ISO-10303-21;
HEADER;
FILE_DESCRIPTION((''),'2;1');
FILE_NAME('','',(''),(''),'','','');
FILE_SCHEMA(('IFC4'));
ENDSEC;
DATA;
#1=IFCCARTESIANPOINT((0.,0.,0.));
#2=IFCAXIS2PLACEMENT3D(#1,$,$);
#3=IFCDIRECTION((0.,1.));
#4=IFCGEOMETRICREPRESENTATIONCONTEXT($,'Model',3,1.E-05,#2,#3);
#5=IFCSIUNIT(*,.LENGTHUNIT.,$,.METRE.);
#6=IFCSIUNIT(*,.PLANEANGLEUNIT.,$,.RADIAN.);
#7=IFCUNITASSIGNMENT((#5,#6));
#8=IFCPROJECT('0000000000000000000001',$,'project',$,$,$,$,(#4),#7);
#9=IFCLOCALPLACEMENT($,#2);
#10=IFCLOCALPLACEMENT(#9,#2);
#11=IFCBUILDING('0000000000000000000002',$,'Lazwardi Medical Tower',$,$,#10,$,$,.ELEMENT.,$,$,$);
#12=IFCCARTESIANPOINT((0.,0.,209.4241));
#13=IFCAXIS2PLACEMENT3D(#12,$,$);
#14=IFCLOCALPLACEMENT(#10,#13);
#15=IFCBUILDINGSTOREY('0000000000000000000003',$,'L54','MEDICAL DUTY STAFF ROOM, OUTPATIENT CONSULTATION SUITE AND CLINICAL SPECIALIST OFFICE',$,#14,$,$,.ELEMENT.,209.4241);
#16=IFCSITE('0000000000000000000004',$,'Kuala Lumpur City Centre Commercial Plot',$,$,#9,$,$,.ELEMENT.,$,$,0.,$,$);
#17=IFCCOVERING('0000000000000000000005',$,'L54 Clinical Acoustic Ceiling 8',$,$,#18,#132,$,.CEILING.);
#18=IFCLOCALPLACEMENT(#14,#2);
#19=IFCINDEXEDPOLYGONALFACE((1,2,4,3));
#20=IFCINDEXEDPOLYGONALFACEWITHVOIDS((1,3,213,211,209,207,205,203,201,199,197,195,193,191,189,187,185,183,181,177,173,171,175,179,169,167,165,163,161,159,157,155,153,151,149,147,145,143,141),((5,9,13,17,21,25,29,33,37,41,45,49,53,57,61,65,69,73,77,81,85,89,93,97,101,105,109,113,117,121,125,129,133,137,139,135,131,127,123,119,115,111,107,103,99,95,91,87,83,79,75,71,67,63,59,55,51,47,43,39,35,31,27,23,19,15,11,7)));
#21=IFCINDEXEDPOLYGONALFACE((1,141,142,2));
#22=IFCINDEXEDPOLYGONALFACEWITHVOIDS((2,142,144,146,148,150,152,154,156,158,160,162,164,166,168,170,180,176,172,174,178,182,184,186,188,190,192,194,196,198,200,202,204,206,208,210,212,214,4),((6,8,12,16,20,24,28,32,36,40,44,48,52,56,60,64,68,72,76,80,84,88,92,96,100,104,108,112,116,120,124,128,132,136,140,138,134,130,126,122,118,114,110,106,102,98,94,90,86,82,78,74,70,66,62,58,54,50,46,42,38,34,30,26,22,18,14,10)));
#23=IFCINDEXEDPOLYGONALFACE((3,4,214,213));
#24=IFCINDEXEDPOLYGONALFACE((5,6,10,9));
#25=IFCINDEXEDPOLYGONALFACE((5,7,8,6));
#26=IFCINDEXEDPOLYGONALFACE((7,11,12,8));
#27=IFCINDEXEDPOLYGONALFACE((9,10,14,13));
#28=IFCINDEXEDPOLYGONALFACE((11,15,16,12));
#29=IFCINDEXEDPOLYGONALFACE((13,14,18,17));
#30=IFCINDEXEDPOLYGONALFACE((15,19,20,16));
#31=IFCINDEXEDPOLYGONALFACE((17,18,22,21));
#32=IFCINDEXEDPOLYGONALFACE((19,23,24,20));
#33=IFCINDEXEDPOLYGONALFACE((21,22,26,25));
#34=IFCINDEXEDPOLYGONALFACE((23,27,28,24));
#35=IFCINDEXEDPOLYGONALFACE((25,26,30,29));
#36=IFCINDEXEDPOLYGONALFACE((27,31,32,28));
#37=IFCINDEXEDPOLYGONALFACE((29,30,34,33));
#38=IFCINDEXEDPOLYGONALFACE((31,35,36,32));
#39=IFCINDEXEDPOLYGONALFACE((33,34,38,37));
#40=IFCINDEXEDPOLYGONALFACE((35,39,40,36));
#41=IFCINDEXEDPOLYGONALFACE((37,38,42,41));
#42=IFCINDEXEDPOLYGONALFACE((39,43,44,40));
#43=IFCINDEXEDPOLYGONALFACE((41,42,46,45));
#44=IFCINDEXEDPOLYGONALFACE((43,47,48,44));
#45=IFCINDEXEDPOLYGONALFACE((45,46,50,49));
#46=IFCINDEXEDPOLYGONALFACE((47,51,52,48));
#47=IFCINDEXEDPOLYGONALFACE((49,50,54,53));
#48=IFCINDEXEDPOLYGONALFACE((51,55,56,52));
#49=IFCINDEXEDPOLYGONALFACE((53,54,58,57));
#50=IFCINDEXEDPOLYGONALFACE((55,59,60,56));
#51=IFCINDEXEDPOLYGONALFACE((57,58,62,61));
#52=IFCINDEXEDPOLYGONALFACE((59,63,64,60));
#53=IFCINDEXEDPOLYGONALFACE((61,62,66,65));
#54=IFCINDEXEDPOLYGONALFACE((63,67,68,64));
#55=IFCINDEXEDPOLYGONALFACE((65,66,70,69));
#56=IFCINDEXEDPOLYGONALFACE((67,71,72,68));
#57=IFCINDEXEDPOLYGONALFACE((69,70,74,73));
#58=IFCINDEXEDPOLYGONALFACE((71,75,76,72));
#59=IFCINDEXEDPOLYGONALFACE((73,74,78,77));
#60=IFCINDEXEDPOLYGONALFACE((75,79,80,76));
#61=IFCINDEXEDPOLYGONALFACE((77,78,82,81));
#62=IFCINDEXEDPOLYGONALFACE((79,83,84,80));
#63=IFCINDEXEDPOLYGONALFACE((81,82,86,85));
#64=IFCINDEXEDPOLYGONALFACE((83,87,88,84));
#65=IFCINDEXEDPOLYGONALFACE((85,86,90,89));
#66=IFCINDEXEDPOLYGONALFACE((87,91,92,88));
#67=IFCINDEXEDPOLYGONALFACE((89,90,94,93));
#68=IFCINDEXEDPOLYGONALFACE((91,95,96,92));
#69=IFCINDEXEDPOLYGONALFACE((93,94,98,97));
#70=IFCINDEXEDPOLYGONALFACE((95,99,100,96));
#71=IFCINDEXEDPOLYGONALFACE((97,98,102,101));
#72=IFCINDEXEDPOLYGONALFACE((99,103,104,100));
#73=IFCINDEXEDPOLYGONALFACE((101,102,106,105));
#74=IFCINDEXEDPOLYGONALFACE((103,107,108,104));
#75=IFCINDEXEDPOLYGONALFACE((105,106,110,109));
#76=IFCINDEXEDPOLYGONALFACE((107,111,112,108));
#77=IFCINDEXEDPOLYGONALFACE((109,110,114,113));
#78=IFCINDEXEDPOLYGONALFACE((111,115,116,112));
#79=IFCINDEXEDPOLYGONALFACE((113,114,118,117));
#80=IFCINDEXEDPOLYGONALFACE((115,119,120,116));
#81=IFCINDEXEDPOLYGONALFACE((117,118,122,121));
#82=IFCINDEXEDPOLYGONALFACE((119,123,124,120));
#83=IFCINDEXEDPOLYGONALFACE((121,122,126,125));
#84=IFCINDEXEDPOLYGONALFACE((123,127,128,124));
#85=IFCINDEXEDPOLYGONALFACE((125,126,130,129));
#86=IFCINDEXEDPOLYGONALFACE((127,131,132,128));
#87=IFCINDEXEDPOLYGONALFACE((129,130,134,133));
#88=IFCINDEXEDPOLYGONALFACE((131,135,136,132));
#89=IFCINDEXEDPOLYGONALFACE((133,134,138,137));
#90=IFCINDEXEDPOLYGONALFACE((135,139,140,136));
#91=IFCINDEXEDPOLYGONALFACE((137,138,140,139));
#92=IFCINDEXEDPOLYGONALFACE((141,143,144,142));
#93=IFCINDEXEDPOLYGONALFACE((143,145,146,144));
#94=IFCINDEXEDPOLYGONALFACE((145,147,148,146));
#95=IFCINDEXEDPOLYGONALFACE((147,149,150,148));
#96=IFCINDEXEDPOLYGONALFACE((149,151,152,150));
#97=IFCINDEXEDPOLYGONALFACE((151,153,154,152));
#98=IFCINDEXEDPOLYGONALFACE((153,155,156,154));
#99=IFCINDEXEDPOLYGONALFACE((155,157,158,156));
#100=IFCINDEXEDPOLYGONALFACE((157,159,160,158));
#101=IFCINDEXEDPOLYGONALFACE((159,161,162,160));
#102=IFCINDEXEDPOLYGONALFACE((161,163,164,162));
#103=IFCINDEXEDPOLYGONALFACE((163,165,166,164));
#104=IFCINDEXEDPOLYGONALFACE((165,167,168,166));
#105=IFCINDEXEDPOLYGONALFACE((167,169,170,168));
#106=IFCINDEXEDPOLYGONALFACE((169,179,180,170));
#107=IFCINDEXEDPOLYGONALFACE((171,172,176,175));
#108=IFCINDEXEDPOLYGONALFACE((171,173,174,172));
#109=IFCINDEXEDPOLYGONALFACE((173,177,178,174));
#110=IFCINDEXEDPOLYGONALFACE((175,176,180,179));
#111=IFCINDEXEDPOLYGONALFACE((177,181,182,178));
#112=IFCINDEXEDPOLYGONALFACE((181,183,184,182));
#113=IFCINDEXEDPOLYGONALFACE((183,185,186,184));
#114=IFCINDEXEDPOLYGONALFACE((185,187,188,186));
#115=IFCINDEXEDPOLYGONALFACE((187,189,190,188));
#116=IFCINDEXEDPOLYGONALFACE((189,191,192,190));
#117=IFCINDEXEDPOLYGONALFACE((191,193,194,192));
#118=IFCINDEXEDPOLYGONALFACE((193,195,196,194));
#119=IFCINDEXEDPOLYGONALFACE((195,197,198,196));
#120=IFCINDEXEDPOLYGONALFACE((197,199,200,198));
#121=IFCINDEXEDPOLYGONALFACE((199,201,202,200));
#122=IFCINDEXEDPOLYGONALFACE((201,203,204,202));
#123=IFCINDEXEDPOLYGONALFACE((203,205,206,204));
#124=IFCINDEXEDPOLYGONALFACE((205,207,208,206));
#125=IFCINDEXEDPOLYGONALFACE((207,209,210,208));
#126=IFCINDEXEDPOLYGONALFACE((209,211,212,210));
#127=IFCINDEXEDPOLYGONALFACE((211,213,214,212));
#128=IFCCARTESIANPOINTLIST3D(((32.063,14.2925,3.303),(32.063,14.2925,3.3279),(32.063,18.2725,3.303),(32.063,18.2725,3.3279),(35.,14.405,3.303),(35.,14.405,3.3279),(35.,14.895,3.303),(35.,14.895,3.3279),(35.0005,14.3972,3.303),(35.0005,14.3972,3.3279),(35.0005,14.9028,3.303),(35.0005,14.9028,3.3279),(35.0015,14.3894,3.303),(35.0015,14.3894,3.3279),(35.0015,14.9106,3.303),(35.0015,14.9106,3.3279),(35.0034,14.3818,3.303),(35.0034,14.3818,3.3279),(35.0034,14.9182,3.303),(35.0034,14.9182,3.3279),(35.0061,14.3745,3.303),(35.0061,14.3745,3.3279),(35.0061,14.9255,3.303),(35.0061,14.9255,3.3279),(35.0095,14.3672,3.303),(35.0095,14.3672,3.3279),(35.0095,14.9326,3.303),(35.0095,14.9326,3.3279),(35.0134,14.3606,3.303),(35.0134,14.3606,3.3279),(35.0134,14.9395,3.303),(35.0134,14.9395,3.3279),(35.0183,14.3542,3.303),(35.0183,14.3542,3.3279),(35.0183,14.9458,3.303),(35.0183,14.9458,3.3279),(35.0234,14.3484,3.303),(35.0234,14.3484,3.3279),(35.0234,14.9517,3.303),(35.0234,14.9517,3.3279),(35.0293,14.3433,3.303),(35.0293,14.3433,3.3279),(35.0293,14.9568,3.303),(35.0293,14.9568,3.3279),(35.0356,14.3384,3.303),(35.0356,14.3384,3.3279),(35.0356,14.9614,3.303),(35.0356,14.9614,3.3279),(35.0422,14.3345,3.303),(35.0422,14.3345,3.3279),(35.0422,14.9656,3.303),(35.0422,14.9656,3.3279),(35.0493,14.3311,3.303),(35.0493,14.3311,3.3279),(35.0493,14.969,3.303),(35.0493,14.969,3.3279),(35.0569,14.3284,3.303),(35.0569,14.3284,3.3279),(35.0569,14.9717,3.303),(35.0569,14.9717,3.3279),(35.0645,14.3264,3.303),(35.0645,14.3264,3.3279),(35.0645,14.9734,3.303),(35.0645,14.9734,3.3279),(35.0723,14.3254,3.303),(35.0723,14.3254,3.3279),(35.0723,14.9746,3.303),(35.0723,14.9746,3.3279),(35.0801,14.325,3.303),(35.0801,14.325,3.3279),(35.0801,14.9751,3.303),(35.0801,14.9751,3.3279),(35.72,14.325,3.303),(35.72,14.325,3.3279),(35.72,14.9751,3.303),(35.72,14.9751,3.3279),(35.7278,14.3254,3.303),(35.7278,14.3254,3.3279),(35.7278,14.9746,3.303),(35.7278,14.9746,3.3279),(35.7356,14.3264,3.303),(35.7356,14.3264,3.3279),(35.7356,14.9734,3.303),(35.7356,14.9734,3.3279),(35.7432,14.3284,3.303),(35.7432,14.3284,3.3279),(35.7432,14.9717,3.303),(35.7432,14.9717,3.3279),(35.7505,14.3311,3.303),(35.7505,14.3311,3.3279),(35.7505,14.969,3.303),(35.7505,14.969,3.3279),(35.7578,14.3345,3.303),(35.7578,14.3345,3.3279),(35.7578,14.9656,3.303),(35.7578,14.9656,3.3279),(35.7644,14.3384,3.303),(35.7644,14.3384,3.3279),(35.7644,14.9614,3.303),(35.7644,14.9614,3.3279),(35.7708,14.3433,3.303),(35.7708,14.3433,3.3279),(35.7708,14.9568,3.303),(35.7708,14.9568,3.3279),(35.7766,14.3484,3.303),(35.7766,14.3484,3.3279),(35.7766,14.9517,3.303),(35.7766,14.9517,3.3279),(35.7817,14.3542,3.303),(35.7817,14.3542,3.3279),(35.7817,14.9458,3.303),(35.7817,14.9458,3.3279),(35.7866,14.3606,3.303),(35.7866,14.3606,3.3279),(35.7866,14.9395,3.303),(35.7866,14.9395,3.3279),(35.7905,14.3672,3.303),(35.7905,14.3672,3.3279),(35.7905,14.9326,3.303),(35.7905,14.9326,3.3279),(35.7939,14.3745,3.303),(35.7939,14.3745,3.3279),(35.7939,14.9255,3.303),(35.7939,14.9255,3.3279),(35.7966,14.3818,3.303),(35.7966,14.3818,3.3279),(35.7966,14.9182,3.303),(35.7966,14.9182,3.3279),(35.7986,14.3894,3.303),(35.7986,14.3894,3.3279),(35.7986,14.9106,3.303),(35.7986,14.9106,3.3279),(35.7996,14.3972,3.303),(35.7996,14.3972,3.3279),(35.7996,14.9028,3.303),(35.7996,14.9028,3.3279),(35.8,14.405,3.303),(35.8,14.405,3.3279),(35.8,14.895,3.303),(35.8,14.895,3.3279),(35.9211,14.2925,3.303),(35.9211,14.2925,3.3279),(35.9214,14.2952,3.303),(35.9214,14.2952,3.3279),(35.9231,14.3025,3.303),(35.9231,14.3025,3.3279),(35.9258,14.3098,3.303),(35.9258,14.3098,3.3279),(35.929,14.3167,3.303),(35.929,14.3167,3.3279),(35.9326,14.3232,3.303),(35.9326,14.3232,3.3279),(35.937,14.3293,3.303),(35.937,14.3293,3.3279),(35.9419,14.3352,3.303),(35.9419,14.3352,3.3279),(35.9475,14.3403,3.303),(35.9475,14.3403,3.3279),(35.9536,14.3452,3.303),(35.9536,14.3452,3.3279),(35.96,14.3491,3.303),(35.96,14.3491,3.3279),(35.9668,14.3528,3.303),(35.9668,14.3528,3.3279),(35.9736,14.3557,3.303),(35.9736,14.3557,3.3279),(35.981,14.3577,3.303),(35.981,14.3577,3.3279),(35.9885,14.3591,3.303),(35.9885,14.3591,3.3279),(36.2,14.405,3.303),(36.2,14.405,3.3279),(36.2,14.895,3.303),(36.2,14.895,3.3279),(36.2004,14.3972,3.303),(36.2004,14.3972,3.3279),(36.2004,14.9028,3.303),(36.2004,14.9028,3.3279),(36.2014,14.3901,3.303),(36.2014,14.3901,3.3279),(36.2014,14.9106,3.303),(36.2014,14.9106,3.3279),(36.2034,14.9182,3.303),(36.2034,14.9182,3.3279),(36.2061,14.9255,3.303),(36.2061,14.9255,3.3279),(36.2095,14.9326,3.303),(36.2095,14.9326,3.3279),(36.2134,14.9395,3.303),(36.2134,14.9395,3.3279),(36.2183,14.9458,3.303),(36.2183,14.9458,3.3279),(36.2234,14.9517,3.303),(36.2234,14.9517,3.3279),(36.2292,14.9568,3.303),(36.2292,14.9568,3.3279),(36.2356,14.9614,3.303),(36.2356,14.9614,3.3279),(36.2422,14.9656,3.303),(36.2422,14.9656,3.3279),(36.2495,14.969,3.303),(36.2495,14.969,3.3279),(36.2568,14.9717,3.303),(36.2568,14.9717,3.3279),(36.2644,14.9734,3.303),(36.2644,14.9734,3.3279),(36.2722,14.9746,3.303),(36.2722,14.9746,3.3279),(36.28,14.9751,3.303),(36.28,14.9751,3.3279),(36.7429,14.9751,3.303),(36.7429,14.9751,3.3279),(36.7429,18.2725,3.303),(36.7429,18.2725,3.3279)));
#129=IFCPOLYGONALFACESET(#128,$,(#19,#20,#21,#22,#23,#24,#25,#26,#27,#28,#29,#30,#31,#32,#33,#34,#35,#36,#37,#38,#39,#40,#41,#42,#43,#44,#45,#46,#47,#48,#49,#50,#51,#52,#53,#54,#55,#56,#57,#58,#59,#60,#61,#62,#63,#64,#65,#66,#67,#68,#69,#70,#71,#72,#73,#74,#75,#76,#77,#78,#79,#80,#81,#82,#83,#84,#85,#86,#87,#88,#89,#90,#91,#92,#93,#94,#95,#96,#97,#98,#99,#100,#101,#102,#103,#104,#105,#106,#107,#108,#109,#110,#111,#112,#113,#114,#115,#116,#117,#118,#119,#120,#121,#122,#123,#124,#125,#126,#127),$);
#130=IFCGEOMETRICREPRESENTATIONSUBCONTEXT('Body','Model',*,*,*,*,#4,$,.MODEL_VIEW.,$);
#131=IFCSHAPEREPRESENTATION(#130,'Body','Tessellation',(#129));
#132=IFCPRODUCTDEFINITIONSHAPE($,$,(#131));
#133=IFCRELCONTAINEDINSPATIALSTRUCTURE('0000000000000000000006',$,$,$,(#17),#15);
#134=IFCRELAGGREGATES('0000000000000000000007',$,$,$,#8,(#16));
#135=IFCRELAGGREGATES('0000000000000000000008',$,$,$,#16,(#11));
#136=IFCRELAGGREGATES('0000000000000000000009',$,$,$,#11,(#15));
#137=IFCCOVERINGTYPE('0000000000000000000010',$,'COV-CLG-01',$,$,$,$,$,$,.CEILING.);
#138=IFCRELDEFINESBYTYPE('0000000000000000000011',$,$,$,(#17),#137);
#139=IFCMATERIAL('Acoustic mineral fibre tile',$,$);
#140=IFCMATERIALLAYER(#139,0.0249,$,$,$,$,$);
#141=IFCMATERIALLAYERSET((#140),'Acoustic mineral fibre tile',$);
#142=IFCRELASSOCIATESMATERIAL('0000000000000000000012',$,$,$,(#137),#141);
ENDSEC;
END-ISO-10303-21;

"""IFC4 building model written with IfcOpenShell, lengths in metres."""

from ifc_helpers import new_model, si_unit, direction, frame, origin, place, context, subcontext, project, spatial, polyline, outline, extrude, material, layer, layer_set, type_object, element, save


model = new_model("IFC4")

# Units and contexts
model_context = context("Model", 3, precision=1e-05, world=origin(), true_north=direction((0.0, 1.0)))
body_context = subcontext(model_context, "Body", "Model", "MODEL_VIEW")
ifc_project = project(units=[si_unit("LENGTHUNIT", "METRE"), si_unit("PLANEANGLEUNIT", "RADIAN")], contexts=[model_context])

# Site, building, storey
site_placement = place(None, origin())
site = spatial("IfcSite", under=ifc_project, at=site_placement, Name="Kuala Lumpur City Centre Commercial Plot", CompositionType="ELEMENT", RefElevation=0.0)
building_placement = place(site_placement, origin())
building = spatial("IfcBuilding", under=site, at=building_placement, Name="Lazwardi Medical Tower", CompositionType="ELEMENT")
storey_placement = place(building_placement, frame((0.0, 0.0, 209.4241)))
storey = spatial("IfcBuildingStorey", under=building, at=storey_placement, Name="L54", Description="MEDICAL DUTY STAFF ROOM, OUTPATIENT CONSULTATION SUITE AND CLINICAL SPECIALIST OFFICE", CompositionType="ELEMENT", Elevation=209.4241)

# Covering
ifc_material_1 = material(Name="Acoustic mineral fibre tile")
ifc_layer_1 = layer(ifc_material_1, 0.0249)
ifc_layer_set_1 = layer_set([ifc_layer_1], Name="Acoustic mineral fibre tile")
covering_type_1 = type_object("IfcCoveringType", Name="COV-CLG-01", PredefinedType="CEILING", material=ifc_layer_set_1)
covering_1_placement = place(storey_placement, frame((0.0, 0.0, 3.303)))
element("IfcCovering", 1, at=covering_1_placement, inside=storey, type_object=covering_type_1, Name="L54 Clinical Acoustic Ceiling 8", PredefinedType="CEILING", context=body_context, shape_type="SweptSolid", body=[
    extrude(outline(polyline([(35.9211, 14.2925), (35.9214, 14.2952), (35.9231, 14.3025), (35.9258, 14.3098), (35.929, 14.3167), (35.9326, 14.3232), (35.937, 14.3293), (35.9419, 14.3352), (35.9475, 14.3403), (35.9536, 14.3452), (35.96, 14.3491), (35.9668, 14.3528), (35.9736, 14.3557), (35.981, 14.3577), (35.9885, 14.3591), (36.2014, 14.3901), (36.2004, 14.3972), (36.2, 14.405), (36.2, 14.895), (36.2004, 14.9028), (36.2014, 14.9106), (36.2034, 14.9182), (36.2061, 14.9255), (36.2095, 14.9326), (36.2134, 14.9395), (36.2183, 14.9458), (36.2234, 14.9517), (36.2292, 14.9568), (36.2356, 14.9614), (36.2422, 14.9656), (36.2495, 14.969), (36.2568, 14.9717), (36.2644, 14.9734), (36.2722, 14.9746), (36.28, 14.9751), (36.7429, 14.9751), (36.7429, 18.2725), (32.063, 18.2725), (32.063, 14.2925), (35.9211, 14.2925)]), holes=[polyline([(35.7505, 14.3311), (35.7432, 14.3284), (35.7356, 14.3264), (35.7278, 14.3254), (35.72, 14.325), (35.0801, 14.325), (35.0723, 14.3254), (35.0645, 14.3264), (35.0569, 14.3284), (35.0493, 14.3311), (35.0422, 14.3345), (35.0356, 14.3384), (35.0293, 14.3433), (35.0234, 14.3484), (35.0183, 14.3542), (35.0134, 14.3606), (35.0095, 14.3672), (35.0061, 14.3745), (35.0034, 14.3818), (35.0015, 14.3894), (35.0005, 14.3972), (35.0, 14.405), (35.0, 14.895), (35.0005, 14.9028), (35.0015, 14.9106), (35.0034, 14.9182), (35.0061, 14.9255), (35.0095, 14.9326), (35.0134, 14.9395), (35.0183, 14.9458), (35.0234, 14.9517), (35.0293, 14.9568), (35.0356, 14.9614), (35.0422, 14.9656), (35.0493, 14.969), (35.0569, 14.9717), (35.0645, 14.9734), (35.0723, 14.9746), (35.0801, 14.9751), (35.72, 14.9751), (35.7278, 14.9746), (35.7356, 14.9734), (35.7432, 14.9717), (35.7505, 14.969), (35.7578, 14.9656), (35.7644, 14.9614), (35.7708, 14.9568), (35.7766, 14.9517), (35.7817, 14.9458), (35.7866, 14.9395), (35.7905, 14.9326), (35.7939, 14.9255), (35.7966, 14.9182), (35.7986, 14.9106), (35.7996, 14.9028), (35.8, 14.895), (35.8, 14.405), (35.7996, 14.3972), (35.7986, 14.3894), (35.7966, 14.3818), (35.7939, 14.3745), (35.7905, 14.3672), (35.7866, 14.3606), (35.7817, 14.3542), (35.7766, 14.3484), (35.7708, 14.3433), (35.7644, 14.3384), (35.7578, 14.3345), (35.7505, 14.3311)])]), origin(), (0.0, 0.0, 1.0), 0.0249),
])

save(model, "model.ifc")
